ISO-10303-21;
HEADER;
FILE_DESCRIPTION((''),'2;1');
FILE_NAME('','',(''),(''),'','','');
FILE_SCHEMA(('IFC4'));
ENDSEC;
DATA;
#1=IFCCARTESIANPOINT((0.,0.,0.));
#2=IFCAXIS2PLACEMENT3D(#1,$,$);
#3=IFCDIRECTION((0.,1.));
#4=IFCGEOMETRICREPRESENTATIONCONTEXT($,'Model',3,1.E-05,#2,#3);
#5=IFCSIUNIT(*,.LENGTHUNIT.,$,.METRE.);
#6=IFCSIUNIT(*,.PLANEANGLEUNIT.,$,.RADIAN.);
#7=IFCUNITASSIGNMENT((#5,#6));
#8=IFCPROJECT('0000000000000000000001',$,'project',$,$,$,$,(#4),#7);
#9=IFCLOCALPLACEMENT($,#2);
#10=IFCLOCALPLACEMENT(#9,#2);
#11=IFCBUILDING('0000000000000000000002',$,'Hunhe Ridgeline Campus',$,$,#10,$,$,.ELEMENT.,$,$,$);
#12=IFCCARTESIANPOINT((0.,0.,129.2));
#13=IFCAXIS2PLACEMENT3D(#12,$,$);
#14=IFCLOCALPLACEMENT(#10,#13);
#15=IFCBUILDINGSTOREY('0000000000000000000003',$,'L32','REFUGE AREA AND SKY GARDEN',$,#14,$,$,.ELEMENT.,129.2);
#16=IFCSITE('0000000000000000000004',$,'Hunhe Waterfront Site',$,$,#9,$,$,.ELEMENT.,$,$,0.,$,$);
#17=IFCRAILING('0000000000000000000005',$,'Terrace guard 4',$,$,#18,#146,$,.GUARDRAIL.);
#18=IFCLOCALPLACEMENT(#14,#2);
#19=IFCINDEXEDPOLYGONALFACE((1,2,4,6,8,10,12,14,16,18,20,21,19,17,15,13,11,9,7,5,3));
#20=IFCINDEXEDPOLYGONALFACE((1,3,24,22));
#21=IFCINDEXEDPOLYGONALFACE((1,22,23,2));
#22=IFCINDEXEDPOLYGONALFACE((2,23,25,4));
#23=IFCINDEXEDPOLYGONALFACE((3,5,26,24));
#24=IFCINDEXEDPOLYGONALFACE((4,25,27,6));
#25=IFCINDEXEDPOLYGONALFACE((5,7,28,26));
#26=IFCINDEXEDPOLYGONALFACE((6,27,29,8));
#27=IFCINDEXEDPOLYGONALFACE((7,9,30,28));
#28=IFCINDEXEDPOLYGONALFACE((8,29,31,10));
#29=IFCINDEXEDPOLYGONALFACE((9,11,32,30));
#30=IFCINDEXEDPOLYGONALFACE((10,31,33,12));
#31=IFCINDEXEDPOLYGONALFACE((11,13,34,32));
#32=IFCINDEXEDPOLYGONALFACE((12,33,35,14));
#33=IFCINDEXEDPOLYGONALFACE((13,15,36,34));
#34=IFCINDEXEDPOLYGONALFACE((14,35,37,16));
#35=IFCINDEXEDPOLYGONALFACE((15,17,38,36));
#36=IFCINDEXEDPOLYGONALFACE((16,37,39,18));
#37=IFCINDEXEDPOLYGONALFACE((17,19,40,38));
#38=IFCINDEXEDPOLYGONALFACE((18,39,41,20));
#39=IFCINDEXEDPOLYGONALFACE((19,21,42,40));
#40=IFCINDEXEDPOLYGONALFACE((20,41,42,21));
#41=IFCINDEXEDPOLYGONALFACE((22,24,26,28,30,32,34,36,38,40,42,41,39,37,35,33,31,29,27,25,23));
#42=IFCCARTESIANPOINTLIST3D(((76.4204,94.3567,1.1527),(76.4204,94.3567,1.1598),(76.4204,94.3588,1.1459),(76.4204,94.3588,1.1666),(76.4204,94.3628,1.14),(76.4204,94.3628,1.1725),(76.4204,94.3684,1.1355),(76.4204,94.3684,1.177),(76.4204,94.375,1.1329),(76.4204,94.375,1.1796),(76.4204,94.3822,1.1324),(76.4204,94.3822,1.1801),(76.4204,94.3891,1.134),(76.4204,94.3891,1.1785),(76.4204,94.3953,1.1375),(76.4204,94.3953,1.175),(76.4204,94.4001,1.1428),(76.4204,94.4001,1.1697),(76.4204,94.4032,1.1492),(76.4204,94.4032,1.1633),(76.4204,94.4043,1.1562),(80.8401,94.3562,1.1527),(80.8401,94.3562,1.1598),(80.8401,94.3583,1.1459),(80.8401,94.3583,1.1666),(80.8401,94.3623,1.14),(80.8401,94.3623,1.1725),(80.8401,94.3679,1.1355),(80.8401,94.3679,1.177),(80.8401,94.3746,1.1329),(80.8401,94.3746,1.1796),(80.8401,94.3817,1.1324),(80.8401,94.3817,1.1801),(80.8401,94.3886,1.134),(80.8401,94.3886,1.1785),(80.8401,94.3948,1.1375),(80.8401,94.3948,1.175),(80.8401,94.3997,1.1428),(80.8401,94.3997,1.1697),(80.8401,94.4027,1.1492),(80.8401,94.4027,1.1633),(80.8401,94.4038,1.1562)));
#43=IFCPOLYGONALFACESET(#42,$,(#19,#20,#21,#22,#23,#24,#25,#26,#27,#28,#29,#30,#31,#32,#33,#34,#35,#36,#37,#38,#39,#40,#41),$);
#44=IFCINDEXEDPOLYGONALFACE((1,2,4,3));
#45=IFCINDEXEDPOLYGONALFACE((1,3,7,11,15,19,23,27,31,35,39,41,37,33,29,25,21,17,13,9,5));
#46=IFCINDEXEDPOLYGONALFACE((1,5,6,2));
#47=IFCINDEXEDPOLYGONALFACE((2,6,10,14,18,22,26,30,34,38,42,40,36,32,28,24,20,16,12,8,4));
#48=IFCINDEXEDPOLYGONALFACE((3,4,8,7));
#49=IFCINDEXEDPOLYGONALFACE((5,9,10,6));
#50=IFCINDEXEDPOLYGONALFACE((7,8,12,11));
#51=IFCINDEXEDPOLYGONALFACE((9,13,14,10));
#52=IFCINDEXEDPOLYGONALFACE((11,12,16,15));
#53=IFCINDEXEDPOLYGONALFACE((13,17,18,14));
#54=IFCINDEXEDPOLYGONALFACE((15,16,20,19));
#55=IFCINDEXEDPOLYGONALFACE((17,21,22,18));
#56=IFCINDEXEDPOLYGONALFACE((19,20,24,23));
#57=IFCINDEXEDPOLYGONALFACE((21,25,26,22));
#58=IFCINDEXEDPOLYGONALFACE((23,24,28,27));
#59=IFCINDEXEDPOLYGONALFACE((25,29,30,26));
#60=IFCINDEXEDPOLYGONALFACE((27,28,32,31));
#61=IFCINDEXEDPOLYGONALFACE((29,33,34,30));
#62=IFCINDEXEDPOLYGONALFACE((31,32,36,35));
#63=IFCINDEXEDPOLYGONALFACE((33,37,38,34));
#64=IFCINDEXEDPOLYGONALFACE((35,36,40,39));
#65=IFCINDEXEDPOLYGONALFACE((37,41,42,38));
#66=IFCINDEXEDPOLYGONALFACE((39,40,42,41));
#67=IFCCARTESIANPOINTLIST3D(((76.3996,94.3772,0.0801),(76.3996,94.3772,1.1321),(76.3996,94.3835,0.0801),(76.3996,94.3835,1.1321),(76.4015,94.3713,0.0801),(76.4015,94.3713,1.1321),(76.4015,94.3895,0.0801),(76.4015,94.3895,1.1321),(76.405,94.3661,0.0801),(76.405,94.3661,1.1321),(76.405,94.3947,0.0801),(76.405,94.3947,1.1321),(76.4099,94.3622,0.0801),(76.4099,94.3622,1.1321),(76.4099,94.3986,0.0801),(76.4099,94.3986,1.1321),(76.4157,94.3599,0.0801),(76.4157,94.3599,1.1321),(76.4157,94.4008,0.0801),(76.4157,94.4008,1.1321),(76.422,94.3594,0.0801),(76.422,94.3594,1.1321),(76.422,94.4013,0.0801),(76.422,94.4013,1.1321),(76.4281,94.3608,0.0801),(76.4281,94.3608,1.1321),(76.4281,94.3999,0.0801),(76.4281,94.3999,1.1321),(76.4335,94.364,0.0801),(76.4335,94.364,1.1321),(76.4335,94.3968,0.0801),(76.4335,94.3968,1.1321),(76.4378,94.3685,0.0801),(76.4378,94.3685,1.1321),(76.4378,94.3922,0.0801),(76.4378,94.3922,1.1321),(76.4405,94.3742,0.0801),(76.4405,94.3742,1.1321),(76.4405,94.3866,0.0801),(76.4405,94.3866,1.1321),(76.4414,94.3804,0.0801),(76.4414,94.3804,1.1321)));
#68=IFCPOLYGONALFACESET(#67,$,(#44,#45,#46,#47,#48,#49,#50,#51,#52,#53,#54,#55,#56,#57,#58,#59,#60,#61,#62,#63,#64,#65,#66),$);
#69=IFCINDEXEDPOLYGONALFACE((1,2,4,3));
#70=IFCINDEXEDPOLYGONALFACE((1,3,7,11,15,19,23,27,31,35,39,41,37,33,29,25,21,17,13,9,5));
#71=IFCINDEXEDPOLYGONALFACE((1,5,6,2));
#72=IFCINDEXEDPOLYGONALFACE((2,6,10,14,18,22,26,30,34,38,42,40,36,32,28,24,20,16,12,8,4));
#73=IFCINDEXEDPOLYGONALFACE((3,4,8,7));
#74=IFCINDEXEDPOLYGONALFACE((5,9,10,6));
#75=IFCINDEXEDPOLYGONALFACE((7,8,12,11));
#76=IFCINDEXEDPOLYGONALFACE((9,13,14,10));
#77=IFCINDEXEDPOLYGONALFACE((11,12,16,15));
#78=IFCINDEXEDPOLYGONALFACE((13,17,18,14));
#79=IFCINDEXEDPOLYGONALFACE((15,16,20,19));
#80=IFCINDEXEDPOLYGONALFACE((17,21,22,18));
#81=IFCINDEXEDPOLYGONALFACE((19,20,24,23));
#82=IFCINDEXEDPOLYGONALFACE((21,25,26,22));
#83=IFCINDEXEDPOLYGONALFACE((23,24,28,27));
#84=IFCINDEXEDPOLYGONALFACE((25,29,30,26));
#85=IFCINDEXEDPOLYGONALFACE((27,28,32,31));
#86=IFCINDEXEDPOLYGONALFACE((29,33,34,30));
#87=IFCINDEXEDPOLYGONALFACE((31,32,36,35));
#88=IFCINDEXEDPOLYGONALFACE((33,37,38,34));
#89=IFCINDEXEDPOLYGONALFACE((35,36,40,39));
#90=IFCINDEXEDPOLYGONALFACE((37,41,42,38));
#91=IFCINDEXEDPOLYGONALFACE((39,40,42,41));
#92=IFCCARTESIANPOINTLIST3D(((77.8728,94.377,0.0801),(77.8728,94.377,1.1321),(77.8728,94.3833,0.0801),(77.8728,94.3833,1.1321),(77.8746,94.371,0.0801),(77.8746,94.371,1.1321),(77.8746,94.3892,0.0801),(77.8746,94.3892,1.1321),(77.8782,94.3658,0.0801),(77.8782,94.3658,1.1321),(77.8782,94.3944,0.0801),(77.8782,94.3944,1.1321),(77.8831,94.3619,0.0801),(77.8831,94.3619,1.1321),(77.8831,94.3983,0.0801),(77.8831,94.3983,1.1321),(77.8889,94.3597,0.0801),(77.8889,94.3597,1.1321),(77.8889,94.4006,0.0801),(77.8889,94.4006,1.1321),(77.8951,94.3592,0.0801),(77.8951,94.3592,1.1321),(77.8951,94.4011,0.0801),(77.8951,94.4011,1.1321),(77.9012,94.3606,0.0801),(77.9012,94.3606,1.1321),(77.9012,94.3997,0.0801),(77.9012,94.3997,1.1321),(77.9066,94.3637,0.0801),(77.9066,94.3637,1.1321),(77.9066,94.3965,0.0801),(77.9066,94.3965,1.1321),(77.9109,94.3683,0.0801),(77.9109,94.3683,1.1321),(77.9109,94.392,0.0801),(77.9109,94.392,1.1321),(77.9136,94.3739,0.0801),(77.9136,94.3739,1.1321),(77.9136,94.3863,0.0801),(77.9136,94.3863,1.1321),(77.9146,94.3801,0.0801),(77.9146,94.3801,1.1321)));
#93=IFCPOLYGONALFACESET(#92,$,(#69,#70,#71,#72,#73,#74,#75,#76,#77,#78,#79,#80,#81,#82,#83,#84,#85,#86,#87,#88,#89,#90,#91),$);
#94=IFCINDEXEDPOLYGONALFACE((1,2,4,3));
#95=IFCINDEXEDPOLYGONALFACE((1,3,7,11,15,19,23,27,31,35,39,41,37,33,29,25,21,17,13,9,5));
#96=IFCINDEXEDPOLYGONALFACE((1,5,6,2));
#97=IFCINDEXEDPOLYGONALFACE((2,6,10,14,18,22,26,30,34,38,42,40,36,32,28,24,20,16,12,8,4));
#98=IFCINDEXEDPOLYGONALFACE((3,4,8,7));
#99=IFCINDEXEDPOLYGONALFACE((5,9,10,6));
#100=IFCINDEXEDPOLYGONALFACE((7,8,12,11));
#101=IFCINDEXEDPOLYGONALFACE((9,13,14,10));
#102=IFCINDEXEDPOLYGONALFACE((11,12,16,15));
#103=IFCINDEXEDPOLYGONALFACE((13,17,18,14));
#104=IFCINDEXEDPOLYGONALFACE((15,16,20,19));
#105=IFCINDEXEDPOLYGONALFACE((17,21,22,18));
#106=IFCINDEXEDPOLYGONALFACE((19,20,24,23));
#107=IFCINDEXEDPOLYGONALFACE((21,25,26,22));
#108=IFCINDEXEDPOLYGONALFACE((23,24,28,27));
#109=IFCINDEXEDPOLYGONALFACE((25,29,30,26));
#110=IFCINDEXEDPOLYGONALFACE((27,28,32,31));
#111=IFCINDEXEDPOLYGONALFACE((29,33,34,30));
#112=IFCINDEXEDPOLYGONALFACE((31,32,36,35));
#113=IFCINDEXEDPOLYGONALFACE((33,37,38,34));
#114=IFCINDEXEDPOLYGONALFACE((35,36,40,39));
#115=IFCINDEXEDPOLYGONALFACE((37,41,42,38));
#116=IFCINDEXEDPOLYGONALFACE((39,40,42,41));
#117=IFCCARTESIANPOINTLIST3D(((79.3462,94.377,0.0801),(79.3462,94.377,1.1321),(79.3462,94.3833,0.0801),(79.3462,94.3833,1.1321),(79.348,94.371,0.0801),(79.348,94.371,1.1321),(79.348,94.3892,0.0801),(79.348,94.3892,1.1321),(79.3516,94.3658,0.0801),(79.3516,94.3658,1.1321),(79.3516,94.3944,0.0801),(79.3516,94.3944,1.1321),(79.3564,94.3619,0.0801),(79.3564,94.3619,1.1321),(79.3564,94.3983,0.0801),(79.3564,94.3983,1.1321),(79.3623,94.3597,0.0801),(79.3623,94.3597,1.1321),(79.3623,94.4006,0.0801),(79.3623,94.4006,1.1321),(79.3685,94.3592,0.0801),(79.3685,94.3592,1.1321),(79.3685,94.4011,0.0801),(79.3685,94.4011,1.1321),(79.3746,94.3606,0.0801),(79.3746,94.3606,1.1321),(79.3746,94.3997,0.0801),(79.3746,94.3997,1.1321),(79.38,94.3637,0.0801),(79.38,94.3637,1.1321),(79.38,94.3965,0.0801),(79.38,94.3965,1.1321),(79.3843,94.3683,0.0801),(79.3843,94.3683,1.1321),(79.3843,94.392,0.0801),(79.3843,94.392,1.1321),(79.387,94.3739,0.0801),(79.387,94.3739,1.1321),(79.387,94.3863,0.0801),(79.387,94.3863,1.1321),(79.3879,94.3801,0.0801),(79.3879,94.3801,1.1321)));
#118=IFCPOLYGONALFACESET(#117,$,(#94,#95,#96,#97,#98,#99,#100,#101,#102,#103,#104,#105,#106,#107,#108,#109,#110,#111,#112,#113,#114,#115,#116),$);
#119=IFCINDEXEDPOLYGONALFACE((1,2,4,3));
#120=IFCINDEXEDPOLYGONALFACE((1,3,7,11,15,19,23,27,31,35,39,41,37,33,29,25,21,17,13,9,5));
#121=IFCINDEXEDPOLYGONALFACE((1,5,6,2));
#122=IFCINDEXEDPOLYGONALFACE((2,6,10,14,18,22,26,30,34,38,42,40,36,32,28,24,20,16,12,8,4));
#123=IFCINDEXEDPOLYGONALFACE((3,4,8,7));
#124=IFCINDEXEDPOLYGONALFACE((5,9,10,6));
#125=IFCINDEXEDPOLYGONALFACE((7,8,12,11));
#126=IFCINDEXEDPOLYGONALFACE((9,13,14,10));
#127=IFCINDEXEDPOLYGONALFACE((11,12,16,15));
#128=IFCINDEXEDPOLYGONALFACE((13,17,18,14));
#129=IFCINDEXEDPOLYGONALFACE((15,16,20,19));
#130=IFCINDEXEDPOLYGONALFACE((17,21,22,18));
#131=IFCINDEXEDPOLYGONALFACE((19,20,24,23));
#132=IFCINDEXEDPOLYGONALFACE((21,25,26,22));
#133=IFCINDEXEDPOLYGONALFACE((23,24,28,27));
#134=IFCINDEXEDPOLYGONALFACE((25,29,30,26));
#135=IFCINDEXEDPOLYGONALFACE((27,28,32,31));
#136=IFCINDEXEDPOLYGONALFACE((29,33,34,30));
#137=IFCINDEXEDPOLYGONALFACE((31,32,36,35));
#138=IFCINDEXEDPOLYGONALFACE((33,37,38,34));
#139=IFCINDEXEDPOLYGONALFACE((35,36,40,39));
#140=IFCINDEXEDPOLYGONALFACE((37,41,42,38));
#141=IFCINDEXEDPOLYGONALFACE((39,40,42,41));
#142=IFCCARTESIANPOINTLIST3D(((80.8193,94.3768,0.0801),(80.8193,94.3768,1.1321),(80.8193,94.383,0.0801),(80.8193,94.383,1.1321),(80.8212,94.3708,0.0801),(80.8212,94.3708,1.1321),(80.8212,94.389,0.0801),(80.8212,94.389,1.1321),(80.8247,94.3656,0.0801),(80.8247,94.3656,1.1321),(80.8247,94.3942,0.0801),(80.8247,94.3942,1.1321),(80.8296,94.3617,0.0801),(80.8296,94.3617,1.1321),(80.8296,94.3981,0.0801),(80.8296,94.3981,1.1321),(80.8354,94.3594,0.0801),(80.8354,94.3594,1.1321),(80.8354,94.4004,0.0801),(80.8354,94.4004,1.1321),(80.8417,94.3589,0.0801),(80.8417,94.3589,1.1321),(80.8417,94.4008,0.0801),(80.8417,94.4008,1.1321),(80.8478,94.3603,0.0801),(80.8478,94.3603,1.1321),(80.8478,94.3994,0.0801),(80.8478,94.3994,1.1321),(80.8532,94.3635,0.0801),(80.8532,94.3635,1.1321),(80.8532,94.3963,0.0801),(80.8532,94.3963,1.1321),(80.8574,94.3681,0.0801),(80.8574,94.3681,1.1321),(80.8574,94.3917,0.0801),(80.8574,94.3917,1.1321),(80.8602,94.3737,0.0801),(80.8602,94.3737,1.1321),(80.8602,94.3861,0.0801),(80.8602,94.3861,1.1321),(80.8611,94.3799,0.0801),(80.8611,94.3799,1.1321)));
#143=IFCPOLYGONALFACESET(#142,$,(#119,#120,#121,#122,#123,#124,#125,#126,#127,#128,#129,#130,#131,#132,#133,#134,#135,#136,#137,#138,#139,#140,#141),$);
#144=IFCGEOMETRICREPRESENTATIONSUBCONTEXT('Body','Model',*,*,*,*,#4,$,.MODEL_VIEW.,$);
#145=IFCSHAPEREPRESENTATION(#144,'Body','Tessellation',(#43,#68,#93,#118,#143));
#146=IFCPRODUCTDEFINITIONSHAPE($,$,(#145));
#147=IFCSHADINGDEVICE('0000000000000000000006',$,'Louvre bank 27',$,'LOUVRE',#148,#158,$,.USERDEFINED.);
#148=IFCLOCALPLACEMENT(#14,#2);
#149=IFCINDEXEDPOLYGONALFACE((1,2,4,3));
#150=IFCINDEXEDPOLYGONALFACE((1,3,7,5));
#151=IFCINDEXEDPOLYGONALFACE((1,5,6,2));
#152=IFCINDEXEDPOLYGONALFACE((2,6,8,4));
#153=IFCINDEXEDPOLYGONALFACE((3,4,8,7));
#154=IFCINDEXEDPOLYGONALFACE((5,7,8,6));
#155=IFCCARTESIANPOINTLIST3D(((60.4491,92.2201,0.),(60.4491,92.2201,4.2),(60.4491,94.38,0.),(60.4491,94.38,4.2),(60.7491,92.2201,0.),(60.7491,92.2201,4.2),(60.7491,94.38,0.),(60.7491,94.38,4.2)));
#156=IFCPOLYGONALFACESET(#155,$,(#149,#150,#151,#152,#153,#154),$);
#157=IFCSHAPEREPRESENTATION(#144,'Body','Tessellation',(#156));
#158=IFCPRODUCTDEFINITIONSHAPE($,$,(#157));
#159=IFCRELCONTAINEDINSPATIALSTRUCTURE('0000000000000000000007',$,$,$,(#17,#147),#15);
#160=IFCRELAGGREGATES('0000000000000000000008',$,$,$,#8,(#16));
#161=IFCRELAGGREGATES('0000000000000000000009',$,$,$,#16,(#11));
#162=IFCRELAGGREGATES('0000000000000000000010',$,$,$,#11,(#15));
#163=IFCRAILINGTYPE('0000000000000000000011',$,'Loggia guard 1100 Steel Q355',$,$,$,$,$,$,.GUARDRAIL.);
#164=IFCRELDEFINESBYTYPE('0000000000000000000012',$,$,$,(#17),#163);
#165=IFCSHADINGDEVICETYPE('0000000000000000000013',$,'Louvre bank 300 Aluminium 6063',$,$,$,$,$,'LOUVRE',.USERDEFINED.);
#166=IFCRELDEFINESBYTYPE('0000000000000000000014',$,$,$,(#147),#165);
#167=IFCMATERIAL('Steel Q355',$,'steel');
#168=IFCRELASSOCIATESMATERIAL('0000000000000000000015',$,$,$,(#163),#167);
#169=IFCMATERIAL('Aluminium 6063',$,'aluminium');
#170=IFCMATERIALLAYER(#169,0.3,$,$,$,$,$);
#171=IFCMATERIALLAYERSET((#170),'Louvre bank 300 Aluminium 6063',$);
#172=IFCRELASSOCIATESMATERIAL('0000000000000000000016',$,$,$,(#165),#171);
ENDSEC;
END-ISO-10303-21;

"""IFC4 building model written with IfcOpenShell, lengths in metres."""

from ifc_helpers import new_model, si_unit, direction, frame, origin, origin_2d, place, context, subcontext, project, spatial, rectangle, circle, extrude, material, layer, layer_set, type_object, element, save


model = new_model("IFC4")

# Units and contexts
model_context = context("Model", 3, precision=1e-05, world=origin(), true_north=direction((0.0, 1.0)))
body_context = subcontext(model_context, "Body", "Model", "MODEL_VIEW")
ifc_project = project(units=[si_unit("LENGTHUNIT", "METRE"), si_unit("PLANEANGLEUNIT", "RADIAN")], contexts=[model_context])

# Site, building, storey
site_placement = place(None, origin())
site = spatial("IfcSite", under=ifc_project, at=site_placement, Name="Hunhe Waterfront Site", CompositionType="ELEMENT", RefElevation=0.0)
building_placement = place(site_placement, origin())
building = spatial("IfcBuilding", under=site, at=building_placement, Name="Hunhe Ridgeline Campus", CompositionType="ELEMENT")
storey_placement = place(building_placement, frame((0.0, 0.0, 129.2)))
storey = spatial("IfcBuildingStorey", under=building, at=storey_placement, Name="L32", Description="REFUGE AREA AND SKY GARDEN", CompositionType="ELEMENT", Elevation=129.2)

# Shared definitions
ifc_material_1 = material(Name="Aluminium 6063", Category="aluminium")

# Railing
ifc_material_2 = material(Name="Steel Q355", Category="steel")
railing_type_1 = type_object("IfcRailingType", Name="Loggia guard 1100 Steel Q355", PredefinedType="GUARDRAIL", material=ifc_material_2)
railing_1_placement = place(storey_placement, frame((76.4204, 94.3804, 0.0801)))
element("IfcRailing", 1, at=railing_1_placement, inside=storey, type_object=railing_type_1, Name="Terrace guard 4", PredefinedType="GUARDRAIL", context=body_context, shape_type="SweptSolid", body=[
    extrude(circle(Radius=0.0239, at=origin_2d()), frame((0.0, 0.0, 1.0762), z_axis=(1.0, -0.00011, 0.0), x_axis=(0.00011, 1.0, 0.0)), (0.0, 0.0, 1.0), 4.4197),
    extrude(circle(Radius=0.021, at=origin_2d()), origin(), (0.0, 0.0, 1.0), 1.052),
    extrude(circle(Radius=0.021, at=origin_2d()), frame((1.4731, -0.0002, 0.0)), (0.0, 0.0, 1.0), 1.052),
    extrude(circle(Radius=0.021, at=origin_2d()), frame((2.9465, -0.0002, 0.0)), (0.0, 0.0, 1.0), 1.052),
    extrude(circle(Radius=0.021, at=origin_2d()), frame((4.4197, -0.0005, 0.0)), (0.0, 0.0, 1.0), 1.052),
])

# Shading device
ifc_layer_1 = layer(ifc_material_1, 0.3)
ifc_layer_set_1 = layer_set([ifc_layer_1], Name="Louvre bank 300 Aluminium 6063")
shading_device_type = type_object("IfcShadingDeviceType", Name="Louvre bank 300 Aluminium 6063", ElementType="LOUVRE", PredefinedType="USERDEFINED", material=ifc_layer_set_1)
shading_device_placement = place(storey_placement, frame((60.5991, 93.3, 0.0), z_axis=(0.0, 0.0, 1.0), x_axis=(0.0, 1.0, 0.0)))
element("IfcShadingDevice", 2, at=shading_device_placement, inside=storey, type_object=shading_device_type, Name="Louvre bank 27", ObjectType="LOUVRE", PredefinedType="USERDEFINED", context=body_context, shape_type="SweptSolid", body=[
    extrude(rectangle(XDim=2.1599, YDim=0.3, at=origin_2d()), origin(), (0.0, 0.0, 1.0), 4.2),
])

save(model, "model.ifc")
